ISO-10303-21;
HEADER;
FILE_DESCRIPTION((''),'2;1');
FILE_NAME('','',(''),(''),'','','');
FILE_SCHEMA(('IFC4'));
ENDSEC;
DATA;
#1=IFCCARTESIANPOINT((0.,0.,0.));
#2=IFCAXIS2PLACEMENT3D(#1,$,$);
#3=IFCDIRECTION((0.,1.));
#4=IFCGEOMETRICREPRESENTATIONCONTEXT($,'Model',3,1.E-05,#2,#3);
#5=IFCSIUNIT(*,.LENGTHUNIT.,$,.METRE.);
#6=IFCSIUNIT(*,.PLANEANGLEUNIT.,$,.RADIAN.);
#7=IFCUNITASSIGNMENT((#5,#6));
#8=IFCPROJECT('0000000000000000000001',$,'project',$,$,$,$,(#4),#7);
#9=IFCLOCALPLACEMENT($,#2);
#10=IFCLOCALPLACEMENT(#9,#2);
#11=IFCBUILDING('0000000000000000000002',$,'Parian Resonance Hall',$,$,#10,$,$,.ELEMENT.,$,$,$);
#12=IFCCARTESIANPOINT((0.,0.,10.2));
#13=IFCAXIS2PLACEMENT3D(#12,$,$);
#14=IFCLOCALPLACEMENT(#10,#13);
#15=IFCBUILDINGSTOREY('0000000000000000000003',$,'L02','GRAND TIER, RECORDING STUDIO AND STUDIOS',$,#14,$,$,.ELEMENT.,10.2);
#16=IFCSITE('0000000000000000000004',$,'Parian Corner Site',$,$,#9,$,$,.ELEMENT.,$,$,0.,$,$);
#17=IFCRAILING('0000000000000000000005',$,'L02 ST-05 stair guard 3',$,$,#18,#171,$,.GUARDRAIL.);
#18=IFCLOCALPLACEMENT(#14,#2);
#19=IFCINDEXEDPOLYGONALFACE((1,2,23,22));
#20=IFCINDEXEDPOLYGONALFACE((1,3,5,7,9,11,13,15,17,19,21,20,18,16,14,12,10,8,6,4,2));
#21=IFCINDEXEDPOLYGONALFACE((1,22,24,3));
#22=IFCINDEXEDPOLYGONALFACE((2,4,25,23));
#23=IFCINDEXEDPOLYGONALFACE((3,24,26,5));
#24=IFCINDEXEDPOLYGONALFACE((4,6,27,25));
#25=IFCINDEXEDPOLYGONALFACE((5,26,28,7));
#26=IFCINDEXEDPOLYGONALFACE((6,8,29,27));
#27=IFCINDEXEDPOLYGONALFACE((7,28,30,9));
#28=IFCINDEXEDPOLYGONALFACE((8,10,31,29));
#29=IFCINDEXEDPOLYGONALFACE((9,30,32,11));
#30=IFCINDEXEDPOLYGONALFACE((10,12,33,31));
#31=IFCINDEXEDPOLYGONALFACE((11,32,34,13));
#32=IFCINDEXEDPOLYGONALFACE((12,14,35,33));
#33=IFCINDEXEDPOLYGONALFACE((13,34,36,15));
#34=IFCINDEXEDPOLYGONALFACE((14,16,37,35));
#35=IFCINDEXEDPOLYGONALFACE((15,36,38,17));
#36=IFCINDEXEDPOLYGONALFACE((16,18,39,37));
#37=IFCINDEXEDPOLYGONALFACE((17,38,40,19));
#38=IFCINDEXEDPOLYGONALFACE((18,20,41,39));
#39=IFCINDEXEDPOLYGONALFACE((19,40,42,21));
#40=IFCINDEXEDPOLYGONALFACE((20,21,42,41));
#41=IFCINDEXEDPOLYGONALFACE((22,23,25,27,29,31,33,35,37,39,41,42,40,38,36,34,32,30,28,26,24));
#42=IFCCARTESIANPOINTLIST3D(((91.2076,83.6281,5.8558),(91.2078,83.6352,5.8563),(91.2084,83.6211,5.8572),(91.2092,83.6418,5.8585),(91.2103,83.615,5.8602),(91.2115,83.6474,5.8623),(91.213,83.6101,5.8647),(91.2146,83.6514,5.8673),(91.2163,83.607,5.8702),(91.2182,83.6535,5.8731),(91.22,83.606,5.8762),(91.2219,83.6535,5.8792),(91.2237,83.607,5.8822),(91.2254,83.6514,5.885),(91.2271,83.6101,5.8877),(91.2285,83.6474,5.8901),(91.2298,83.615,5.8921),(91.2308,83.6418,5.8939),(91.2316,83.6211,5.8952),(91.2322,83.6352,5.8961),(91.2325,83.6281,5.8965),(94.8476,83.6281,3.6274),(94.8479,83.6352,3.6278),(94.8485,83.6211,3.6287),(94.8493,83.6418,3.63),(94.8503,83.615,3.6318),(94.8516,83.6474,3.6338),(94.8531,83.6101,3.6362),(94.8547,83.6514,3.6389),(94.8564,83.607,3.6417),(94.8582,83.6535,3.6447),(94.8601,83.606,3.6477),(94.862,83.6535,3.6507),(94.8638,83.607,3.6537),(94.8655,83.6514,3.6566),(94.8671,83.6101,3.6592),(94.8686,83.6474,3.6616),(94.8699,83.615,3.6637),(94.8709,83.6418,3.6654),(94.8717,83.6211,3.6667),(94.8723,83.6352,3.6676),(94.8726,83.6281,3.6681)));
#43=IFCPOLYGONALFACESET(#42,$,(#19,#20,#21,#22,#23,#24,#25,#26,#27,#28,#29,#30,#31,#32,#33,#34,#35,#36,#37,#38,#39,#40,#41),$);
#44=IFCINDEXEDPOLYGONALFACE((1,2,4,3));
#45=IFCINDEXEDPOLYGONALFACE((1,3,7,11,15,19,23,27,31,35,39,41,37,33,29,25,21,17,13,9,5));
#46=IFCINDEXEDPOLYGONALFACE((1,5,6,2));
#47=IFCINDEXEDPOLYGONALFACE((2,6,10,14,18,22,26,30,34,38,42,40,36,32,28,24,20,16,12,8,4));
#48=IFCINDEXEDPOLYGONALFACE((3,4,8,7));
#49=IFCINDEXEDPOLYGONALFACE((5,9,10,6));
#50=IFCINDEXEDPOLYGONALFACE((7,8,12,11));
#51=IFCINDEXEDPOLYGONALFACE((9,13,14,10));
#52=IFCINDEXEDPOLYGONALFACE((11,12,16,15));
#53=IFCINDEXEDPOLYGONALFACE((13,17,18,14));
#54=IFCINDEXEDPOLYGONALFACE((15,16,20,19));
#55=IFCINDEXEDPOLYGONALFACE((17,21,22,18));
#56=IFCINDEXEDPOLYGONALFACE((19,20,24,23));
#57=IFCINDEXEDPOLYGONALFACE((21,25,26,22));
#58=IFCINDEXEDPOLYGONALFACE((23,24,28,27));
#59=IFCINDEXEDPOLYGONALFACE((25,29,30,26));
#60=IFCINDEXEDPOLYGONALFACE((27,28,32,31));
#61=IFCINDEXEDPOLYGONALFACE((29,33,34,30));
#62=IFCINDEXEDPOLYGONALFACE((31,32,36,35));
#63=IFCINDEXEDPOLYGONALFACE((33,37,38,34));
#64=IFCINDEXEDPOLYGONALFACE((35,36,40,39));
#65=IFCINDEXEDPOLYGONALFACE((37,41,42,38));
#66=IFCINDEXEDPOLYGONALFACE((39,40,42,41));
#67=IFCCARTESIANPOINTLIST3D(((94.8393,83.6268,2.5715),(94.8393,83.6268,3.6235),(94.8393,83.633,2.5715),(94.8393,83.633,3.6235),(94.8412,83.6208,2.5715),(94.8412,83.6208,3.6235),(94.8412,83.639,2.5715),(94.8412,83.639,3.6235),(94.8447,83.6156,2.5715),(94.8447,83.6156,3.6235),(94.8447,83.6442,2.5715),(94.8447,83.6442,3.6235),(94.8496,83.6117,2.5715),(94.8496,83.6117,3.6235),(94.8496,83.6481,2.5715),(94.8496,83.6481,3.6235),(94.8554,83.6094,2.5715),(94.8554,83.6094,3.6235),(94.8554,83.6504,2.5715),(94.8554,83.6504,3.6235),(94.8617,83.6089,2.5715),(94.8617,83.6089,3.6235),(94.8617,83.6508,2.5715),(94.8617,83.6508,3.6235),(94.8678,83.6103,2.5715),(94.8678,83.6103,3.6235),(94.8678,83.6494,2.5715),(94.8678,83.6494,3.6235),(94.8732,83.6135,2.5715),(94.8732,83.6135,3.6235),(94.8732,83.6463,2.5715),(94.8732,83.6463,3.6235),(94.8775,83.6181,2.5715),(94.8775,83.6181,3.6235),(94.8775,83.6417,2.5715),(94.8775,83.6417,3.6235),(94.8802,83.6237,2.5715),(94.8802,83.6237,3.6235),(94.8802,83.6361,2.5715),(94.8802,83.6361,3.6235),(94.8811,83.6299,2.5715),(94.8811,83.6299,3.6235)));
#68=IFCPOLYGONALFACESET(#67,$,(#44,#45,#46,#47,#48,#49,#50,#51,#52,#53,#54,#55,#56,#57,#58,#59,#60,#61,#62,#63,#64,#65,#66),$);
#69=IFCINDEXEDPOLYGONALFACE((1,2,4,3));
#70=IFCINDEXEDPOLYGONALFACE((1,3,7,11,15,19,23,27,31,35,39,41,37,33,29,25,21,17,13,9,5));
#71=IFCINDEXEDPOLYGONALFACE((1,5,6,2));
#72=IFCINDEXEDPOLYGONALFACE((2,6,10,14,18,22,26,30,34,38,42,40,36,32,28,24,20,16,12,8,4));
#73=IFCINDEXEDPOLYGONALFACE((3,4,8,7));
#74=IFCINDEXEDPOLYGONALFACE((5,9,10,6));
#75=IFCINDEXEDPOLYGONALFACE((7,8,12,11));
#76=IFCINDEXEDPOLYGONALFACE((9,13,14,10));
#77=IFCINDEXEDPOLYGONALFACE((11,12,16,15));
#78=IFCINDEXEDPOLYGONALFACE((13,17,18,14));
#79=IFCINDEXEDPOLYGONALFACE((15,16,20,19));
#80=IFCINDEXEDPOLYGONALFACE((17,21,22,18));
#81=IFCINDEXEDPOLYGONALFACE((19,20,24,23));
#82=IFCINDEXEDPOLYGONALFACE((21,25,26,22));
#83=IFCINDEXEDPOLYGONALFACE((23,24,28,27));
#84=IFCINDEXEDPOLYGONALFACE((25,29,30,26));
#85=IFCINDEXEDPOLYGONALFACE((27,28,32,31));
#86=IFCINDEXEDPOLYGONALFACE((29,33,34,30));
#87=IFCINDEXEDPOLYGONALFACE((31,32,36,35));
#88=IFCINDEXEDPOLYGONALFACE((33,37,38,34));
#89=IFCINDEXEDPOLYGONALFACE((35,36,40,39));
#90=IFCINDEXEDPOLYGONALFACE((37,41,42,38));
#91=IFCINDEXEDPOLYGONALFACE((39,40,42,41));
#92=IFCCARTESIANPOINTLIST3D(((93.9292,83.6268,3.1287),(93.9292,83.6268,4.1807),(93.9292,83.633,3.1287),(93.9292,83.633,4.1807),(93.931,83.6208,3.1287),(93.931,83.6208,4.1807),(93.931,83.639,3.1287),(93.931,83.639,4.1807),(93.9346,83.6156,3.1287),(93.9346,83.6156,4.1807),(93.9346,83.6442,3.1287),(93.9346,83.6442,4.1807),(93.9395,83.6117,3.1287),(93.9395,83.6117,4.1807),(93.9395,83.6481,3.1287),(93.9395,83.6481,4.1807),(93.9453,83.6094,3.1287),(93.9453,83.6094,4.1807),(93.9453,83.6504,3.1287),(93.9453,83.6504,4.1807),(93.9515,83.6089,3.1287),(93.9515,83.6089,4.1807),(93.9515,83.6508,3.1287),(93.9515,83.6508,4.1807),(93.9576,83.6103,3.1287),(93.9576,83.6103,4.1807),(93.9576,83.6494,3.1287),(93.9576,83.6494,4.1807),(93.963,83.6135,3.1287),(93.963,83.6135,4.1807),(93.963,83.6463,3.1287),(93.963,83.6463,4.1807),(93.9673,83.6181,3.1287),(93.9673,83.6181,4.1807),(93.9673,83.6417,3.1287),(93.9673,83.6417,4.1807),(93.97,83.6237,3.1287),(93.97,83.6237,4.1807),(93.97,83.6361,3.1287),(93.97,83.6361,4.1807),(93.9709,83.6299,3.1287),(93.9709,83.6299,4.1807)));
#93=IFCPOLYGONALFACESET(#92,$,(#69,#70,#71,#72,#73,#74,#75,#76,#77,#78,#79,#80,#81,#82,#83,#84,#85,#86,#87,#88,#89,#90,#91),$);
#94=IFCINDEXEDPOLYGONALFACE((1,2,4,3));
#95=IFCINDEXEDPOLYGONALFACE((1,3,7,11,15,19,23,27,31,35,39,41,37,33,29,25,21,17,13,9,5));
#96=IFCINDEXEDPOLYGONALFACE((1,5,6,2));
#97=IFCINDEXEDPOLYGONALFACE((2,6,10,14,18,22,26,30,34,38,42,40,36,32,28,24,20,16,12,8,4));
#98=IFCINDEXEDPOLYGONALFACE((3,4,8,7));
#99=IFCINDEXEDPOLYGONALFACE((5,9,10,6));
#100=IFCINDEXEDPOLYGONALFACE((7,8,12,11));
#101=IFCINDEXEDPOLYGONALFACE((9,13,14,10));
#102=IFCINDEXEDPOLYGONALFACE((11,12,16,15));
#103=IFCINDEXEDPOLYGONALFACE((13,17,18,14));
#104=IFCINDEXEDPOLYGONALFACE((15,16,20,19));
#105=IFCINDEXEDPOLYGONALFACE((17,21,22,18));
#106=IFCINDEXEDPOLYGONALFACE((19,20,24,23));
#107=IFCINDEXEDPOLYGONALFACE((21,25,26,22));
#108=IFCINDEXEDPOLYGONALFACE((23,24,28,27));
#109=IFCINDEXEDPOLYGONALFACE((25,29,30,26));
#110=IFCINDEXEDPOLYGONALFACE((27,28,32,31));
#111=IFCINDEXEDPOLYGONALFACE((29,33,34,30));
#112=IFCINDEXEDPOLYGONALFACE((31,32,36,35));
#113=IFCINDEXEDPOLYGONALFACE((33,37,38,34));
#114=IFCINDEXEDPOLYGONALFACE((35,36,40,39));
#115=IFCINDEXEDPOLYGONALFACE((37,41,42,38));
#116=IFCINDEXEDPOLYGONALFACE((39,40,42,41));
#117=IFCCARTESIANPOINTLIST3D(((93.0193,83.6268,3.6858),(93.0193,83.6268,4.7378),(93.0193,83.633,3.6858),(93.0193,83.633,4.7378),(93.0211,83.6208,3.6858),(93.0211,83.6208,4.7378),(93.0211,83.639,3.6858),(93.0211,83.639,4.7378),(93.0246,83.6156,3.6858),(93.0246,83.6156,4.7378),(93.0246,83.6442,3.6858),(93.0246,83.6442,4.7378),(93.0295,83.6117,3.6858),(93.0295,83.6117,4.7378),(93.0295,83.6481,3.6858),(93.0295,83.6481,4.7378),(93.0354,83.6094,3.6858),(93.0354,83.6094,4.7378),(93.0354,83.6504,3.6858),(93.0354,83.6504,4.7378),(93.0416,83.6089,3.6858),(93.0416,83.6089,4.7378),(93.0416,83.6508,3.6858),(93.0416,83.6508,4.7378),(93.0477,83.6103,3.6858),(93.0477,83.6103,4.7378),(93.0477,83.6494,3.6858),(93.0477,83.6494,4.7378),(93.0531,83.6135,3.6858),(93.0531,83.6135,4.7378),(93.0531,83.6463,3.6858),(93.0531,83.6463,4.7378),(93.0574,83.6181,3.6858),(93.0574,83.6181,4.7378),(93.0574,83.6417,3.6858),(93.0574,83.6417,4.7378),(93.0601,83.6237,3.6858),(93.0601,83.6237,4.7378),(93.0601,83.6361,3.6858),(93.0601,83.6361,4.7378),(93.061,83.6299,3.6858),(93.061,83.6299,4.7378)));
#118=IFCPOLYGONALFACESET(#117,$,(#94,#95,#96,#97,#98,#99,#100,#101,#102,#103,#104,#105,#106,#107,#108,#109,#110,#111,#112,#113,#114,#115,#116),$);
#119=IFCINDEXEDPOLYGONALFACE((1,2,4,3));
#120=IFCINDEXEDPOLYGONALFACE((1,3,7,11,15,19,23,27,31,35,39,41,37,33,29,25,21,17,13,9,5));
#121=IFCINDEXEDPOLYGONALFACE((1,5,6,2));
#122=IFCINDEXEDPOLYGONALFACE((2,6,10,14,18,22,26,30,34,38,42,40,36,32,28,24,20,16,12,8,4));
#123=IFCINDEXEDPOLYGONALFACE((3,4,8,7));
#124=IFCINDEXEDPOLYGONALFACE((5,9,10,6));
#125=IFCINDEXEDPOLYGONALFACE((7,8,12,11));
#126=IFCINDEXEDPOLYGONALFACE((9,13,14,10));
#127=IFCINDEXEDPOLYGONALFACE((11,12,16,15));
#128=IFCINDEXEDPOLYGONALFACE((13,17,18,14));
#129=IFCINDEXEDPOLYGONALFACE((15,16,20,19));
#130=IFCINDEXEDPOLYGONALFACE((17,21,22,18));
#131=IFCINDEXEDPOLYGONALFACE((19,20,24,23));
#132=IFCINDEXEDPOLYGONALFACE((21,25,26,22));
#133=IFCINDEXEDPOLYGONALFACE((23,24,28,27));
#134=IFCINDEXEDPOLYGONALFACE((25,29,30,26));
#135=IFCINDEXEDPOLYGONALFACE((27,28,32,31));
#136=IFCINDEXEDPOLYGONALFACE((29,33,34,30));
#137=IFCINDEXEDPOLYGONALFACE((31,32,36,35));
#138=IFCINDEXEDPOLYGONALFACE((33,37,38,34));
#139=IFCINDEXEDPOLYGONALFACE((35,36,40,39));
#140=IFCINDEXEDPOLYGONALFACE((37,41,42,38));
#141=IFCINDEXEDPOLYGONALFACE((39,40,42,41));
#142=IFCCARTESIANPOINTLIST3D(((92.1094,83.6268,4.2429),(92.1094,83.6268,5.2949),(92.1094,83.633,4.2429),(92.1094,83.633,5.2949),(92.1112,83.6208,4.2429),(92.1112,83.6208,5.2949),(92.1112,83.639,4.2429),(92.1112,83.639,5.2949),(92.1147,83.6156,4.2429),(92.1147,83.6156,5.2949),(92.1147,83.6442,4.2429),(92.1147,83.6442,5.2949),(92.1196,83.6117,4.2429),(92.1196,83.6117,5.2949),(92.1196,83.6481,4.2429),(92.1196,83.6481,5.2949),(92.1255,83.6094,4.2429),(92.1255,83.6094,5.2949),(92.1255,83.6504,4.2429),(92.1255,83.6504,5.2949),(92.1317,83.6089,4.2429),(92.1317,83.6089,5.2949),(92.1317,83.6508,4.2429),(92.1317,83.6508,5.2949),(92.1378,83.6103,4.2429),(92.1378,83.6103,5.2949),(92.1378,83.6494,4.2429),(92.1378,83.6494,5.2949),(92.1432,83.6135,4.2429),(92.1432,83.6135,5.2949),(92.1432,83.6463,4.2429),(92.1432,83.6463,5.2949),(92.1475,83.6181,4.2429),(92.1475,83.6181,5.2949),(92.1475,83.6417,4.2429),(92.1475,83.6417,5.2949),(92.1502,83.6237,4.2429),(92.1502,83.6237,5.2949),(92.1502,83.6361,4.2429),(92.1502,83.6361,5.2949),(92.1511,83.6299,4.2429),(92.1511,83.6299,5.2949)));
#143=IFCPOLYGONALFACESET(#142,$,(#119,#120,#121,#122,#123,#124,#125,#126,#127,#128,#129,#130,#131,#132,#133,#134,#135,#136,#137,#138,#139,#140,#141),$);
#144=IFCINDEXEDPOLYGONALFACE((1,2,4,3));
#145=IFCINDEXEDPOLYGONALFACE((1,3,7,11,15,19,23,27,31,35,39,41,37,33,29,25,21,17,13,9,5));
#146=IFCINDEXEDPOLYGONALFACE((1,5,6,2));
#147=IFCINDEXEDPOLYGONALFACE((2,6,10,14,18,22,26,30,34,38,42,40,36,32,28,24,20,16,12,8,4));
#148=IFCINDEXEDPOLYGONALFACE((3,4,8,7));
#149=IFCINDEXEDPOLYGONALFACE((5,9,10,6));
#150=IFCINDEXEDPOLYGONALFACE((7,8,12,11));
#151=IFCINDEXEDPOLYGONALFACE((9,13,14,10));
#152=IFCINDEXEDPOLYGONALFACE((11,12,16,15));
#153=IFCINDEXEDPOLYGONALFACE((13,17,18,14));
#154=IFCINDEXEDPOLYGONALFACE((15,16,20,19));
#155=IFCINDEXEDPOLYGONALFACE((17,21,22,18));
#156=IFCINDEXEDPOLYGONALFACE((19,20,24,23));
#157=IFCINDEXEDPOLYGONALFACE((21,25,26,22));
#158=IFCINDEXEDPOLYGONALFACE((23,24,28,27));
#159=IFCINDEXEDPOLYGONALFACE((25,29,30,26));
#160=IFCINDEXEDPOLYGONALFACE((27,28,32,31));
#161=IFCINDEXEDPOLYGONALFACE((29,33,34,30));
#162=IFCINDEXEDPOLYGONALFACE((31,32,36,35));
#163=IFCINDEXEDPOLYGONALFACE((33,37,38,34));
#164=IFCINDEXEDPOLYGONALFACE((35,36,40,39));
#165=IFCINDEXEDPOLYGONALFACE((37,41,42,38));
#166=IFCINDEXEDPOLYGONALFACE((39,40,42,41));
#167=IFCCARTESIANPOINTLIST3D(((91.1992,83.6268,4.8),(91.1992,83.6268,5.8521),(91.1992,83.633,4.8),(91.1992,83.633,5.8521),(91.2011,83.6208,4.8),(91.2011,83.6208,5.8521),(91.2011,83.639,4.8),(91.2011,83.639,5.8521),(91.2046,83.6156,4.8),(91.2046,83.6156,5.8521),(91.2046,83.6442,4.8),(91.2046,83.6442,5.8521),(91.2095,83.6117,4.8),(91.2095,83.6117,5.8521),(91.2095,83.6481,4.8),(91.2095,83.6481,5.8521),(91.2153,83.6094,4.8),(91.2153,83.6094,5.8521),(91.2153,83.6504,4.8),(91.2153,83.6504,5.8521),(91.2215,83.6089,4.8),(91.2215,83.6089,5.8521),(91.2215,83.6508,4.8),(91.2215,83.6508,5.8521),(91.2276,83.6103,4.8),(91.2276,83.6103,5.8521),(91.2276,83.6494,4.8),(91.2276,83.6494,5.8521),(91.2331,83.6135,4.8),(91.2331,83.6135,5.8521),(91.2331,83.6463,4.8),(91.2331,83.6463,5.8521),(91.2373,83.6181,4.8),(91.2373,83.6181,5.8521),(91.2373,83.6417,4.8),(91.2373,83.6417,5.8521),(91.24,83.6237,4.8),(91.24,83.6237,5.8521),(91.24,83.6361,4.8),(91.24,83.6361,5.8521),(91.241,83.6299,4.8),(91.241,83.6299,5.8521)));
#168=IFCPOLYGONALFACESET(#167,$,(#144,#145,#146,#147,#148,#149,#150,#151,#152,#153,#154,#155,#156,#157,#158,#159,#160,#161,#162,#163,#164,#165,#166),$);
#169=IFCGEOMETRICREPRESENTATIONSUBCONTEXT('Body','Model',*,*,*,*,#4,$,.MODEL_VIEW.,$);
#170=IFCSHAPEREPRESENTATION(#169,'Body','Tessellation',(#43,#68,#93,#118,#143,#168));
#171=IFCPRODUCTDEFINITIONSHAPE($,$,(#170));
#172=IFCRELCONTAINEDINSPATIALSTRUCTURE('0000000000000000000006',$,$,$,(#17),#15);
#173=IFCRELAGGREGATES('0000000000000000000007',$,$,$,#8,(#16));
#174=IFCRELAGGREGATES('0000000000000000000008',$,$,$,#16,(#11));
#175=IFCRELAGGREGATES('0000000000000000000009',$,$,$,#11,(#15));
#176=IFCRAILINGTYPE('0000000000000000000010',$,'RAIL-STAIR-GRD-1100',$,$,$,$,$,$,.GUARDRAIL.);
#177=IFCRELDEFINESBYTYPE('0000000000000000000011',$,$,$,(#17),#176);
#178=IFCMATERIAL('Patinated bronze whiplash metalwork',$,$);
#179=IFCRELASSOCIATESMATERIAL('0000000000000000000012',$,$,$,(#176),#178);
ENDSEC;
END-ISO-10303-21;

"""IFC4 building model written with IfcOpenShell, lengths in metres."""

from ifc_helpers import new_model, si_unit, direction, frame, origin, origin_2d, place, context, subcontext, project, spatial, circle, extrude, material, type_object, element, save


model = new_model("IFC4")

# Units and contexts
model_context = context("Model", 3, precision=1e-05, world=origin(), true_north=direction((0.0, 1.0)))
body_context = subcontext(model_context, "Body", "Model", "MODEL_VIEW")
ifc_project = project(units=[si_unit("LENGTHUNIT", "METRE"), si_unit("PLANEANGLEUNIT", "RADIAN")], contexts=[model_context])

# Site, building, storey
site_placement = place(None, origin())
site = spatial("IfcSite", under=ifc_project, at=site_placement, Name="Parian Corner Site", CompositionType="ELEMENT", RefElevation=0.0)
building_placement = place(site_placement, origin())
building = spatial("IfcBuilding", under=site, at=building_placement, Name="Parian Resonance Hall", CompositionType="ELEMENT")
storey_placement = place(building_placement, frame((0.0, 0.0, 10.2)))
storey = spatial("IfcBuildingStorey", under=building, at=storey_placement, Name="L02", Description="GRAND TIER, RECORDING STUDIO AND STUDIOS", CompositionType="ELEMENT", Elevation=10.2)

# Railing
ifc_material_1 = material(Name="Patinated bronze whiplash metalwork")
railing_type_1 = type_object("IfcRailingType", Name="RAIL-STAIR-GRD-1100", PredefinedType="GUARDRAIL", material=ifc_material_1)
railing_1_placement = place(storey_placement, frame((94.8601, 83.6299, 2.5715)))
element("IfcRailing", 1, at=railing_1_placement, inside=storey, type_object=railing_type_1, Name="L02 ST-05 stair guard 3", PredefinedType="GUARDRAIL", context=body_context, shape_type="SweptSolid", body=[
    extrude(circle(Radius=0.0239, at=origin_2d()), frame((0.0, 0.0, 1.0762), z_axis=(-0.852866, 0.0, 0.52213), x_axis=(0.0, -1.0, 0.0)), (0.0, 0.0, 1.0), 4.2681),
    extrude(circle(Radius=0.021, at=origin_2d()), origin(), (0.0, 0.0, 1.0), 1.052),
    extrude(circle(Radius=0.021, at=origin_2d()), frame((-0.9102, 0.0, 0.5571)), (0.0, 0.0, 1.0), 1.052),
    extrude(circle(Radius=0.021, at=origin_2d()), frame((-1.8201, 0.0, 1.1143)), (0.0, 0.0, 1.0), 1.052),
    extrude(circle(Radius=0.021, at=origin_2d()), frame((-2.73, 0.0, 1.6714)), (0.0, 0.0, 1.0), 1.052),
    extrude(circle(Radius=0.021, at=origin_2d()), frame((-3.6401, 0.0, 2.2285)), (0.0, 0.0, 1.0), 1.052),
])

save(model, "model.ifc")
